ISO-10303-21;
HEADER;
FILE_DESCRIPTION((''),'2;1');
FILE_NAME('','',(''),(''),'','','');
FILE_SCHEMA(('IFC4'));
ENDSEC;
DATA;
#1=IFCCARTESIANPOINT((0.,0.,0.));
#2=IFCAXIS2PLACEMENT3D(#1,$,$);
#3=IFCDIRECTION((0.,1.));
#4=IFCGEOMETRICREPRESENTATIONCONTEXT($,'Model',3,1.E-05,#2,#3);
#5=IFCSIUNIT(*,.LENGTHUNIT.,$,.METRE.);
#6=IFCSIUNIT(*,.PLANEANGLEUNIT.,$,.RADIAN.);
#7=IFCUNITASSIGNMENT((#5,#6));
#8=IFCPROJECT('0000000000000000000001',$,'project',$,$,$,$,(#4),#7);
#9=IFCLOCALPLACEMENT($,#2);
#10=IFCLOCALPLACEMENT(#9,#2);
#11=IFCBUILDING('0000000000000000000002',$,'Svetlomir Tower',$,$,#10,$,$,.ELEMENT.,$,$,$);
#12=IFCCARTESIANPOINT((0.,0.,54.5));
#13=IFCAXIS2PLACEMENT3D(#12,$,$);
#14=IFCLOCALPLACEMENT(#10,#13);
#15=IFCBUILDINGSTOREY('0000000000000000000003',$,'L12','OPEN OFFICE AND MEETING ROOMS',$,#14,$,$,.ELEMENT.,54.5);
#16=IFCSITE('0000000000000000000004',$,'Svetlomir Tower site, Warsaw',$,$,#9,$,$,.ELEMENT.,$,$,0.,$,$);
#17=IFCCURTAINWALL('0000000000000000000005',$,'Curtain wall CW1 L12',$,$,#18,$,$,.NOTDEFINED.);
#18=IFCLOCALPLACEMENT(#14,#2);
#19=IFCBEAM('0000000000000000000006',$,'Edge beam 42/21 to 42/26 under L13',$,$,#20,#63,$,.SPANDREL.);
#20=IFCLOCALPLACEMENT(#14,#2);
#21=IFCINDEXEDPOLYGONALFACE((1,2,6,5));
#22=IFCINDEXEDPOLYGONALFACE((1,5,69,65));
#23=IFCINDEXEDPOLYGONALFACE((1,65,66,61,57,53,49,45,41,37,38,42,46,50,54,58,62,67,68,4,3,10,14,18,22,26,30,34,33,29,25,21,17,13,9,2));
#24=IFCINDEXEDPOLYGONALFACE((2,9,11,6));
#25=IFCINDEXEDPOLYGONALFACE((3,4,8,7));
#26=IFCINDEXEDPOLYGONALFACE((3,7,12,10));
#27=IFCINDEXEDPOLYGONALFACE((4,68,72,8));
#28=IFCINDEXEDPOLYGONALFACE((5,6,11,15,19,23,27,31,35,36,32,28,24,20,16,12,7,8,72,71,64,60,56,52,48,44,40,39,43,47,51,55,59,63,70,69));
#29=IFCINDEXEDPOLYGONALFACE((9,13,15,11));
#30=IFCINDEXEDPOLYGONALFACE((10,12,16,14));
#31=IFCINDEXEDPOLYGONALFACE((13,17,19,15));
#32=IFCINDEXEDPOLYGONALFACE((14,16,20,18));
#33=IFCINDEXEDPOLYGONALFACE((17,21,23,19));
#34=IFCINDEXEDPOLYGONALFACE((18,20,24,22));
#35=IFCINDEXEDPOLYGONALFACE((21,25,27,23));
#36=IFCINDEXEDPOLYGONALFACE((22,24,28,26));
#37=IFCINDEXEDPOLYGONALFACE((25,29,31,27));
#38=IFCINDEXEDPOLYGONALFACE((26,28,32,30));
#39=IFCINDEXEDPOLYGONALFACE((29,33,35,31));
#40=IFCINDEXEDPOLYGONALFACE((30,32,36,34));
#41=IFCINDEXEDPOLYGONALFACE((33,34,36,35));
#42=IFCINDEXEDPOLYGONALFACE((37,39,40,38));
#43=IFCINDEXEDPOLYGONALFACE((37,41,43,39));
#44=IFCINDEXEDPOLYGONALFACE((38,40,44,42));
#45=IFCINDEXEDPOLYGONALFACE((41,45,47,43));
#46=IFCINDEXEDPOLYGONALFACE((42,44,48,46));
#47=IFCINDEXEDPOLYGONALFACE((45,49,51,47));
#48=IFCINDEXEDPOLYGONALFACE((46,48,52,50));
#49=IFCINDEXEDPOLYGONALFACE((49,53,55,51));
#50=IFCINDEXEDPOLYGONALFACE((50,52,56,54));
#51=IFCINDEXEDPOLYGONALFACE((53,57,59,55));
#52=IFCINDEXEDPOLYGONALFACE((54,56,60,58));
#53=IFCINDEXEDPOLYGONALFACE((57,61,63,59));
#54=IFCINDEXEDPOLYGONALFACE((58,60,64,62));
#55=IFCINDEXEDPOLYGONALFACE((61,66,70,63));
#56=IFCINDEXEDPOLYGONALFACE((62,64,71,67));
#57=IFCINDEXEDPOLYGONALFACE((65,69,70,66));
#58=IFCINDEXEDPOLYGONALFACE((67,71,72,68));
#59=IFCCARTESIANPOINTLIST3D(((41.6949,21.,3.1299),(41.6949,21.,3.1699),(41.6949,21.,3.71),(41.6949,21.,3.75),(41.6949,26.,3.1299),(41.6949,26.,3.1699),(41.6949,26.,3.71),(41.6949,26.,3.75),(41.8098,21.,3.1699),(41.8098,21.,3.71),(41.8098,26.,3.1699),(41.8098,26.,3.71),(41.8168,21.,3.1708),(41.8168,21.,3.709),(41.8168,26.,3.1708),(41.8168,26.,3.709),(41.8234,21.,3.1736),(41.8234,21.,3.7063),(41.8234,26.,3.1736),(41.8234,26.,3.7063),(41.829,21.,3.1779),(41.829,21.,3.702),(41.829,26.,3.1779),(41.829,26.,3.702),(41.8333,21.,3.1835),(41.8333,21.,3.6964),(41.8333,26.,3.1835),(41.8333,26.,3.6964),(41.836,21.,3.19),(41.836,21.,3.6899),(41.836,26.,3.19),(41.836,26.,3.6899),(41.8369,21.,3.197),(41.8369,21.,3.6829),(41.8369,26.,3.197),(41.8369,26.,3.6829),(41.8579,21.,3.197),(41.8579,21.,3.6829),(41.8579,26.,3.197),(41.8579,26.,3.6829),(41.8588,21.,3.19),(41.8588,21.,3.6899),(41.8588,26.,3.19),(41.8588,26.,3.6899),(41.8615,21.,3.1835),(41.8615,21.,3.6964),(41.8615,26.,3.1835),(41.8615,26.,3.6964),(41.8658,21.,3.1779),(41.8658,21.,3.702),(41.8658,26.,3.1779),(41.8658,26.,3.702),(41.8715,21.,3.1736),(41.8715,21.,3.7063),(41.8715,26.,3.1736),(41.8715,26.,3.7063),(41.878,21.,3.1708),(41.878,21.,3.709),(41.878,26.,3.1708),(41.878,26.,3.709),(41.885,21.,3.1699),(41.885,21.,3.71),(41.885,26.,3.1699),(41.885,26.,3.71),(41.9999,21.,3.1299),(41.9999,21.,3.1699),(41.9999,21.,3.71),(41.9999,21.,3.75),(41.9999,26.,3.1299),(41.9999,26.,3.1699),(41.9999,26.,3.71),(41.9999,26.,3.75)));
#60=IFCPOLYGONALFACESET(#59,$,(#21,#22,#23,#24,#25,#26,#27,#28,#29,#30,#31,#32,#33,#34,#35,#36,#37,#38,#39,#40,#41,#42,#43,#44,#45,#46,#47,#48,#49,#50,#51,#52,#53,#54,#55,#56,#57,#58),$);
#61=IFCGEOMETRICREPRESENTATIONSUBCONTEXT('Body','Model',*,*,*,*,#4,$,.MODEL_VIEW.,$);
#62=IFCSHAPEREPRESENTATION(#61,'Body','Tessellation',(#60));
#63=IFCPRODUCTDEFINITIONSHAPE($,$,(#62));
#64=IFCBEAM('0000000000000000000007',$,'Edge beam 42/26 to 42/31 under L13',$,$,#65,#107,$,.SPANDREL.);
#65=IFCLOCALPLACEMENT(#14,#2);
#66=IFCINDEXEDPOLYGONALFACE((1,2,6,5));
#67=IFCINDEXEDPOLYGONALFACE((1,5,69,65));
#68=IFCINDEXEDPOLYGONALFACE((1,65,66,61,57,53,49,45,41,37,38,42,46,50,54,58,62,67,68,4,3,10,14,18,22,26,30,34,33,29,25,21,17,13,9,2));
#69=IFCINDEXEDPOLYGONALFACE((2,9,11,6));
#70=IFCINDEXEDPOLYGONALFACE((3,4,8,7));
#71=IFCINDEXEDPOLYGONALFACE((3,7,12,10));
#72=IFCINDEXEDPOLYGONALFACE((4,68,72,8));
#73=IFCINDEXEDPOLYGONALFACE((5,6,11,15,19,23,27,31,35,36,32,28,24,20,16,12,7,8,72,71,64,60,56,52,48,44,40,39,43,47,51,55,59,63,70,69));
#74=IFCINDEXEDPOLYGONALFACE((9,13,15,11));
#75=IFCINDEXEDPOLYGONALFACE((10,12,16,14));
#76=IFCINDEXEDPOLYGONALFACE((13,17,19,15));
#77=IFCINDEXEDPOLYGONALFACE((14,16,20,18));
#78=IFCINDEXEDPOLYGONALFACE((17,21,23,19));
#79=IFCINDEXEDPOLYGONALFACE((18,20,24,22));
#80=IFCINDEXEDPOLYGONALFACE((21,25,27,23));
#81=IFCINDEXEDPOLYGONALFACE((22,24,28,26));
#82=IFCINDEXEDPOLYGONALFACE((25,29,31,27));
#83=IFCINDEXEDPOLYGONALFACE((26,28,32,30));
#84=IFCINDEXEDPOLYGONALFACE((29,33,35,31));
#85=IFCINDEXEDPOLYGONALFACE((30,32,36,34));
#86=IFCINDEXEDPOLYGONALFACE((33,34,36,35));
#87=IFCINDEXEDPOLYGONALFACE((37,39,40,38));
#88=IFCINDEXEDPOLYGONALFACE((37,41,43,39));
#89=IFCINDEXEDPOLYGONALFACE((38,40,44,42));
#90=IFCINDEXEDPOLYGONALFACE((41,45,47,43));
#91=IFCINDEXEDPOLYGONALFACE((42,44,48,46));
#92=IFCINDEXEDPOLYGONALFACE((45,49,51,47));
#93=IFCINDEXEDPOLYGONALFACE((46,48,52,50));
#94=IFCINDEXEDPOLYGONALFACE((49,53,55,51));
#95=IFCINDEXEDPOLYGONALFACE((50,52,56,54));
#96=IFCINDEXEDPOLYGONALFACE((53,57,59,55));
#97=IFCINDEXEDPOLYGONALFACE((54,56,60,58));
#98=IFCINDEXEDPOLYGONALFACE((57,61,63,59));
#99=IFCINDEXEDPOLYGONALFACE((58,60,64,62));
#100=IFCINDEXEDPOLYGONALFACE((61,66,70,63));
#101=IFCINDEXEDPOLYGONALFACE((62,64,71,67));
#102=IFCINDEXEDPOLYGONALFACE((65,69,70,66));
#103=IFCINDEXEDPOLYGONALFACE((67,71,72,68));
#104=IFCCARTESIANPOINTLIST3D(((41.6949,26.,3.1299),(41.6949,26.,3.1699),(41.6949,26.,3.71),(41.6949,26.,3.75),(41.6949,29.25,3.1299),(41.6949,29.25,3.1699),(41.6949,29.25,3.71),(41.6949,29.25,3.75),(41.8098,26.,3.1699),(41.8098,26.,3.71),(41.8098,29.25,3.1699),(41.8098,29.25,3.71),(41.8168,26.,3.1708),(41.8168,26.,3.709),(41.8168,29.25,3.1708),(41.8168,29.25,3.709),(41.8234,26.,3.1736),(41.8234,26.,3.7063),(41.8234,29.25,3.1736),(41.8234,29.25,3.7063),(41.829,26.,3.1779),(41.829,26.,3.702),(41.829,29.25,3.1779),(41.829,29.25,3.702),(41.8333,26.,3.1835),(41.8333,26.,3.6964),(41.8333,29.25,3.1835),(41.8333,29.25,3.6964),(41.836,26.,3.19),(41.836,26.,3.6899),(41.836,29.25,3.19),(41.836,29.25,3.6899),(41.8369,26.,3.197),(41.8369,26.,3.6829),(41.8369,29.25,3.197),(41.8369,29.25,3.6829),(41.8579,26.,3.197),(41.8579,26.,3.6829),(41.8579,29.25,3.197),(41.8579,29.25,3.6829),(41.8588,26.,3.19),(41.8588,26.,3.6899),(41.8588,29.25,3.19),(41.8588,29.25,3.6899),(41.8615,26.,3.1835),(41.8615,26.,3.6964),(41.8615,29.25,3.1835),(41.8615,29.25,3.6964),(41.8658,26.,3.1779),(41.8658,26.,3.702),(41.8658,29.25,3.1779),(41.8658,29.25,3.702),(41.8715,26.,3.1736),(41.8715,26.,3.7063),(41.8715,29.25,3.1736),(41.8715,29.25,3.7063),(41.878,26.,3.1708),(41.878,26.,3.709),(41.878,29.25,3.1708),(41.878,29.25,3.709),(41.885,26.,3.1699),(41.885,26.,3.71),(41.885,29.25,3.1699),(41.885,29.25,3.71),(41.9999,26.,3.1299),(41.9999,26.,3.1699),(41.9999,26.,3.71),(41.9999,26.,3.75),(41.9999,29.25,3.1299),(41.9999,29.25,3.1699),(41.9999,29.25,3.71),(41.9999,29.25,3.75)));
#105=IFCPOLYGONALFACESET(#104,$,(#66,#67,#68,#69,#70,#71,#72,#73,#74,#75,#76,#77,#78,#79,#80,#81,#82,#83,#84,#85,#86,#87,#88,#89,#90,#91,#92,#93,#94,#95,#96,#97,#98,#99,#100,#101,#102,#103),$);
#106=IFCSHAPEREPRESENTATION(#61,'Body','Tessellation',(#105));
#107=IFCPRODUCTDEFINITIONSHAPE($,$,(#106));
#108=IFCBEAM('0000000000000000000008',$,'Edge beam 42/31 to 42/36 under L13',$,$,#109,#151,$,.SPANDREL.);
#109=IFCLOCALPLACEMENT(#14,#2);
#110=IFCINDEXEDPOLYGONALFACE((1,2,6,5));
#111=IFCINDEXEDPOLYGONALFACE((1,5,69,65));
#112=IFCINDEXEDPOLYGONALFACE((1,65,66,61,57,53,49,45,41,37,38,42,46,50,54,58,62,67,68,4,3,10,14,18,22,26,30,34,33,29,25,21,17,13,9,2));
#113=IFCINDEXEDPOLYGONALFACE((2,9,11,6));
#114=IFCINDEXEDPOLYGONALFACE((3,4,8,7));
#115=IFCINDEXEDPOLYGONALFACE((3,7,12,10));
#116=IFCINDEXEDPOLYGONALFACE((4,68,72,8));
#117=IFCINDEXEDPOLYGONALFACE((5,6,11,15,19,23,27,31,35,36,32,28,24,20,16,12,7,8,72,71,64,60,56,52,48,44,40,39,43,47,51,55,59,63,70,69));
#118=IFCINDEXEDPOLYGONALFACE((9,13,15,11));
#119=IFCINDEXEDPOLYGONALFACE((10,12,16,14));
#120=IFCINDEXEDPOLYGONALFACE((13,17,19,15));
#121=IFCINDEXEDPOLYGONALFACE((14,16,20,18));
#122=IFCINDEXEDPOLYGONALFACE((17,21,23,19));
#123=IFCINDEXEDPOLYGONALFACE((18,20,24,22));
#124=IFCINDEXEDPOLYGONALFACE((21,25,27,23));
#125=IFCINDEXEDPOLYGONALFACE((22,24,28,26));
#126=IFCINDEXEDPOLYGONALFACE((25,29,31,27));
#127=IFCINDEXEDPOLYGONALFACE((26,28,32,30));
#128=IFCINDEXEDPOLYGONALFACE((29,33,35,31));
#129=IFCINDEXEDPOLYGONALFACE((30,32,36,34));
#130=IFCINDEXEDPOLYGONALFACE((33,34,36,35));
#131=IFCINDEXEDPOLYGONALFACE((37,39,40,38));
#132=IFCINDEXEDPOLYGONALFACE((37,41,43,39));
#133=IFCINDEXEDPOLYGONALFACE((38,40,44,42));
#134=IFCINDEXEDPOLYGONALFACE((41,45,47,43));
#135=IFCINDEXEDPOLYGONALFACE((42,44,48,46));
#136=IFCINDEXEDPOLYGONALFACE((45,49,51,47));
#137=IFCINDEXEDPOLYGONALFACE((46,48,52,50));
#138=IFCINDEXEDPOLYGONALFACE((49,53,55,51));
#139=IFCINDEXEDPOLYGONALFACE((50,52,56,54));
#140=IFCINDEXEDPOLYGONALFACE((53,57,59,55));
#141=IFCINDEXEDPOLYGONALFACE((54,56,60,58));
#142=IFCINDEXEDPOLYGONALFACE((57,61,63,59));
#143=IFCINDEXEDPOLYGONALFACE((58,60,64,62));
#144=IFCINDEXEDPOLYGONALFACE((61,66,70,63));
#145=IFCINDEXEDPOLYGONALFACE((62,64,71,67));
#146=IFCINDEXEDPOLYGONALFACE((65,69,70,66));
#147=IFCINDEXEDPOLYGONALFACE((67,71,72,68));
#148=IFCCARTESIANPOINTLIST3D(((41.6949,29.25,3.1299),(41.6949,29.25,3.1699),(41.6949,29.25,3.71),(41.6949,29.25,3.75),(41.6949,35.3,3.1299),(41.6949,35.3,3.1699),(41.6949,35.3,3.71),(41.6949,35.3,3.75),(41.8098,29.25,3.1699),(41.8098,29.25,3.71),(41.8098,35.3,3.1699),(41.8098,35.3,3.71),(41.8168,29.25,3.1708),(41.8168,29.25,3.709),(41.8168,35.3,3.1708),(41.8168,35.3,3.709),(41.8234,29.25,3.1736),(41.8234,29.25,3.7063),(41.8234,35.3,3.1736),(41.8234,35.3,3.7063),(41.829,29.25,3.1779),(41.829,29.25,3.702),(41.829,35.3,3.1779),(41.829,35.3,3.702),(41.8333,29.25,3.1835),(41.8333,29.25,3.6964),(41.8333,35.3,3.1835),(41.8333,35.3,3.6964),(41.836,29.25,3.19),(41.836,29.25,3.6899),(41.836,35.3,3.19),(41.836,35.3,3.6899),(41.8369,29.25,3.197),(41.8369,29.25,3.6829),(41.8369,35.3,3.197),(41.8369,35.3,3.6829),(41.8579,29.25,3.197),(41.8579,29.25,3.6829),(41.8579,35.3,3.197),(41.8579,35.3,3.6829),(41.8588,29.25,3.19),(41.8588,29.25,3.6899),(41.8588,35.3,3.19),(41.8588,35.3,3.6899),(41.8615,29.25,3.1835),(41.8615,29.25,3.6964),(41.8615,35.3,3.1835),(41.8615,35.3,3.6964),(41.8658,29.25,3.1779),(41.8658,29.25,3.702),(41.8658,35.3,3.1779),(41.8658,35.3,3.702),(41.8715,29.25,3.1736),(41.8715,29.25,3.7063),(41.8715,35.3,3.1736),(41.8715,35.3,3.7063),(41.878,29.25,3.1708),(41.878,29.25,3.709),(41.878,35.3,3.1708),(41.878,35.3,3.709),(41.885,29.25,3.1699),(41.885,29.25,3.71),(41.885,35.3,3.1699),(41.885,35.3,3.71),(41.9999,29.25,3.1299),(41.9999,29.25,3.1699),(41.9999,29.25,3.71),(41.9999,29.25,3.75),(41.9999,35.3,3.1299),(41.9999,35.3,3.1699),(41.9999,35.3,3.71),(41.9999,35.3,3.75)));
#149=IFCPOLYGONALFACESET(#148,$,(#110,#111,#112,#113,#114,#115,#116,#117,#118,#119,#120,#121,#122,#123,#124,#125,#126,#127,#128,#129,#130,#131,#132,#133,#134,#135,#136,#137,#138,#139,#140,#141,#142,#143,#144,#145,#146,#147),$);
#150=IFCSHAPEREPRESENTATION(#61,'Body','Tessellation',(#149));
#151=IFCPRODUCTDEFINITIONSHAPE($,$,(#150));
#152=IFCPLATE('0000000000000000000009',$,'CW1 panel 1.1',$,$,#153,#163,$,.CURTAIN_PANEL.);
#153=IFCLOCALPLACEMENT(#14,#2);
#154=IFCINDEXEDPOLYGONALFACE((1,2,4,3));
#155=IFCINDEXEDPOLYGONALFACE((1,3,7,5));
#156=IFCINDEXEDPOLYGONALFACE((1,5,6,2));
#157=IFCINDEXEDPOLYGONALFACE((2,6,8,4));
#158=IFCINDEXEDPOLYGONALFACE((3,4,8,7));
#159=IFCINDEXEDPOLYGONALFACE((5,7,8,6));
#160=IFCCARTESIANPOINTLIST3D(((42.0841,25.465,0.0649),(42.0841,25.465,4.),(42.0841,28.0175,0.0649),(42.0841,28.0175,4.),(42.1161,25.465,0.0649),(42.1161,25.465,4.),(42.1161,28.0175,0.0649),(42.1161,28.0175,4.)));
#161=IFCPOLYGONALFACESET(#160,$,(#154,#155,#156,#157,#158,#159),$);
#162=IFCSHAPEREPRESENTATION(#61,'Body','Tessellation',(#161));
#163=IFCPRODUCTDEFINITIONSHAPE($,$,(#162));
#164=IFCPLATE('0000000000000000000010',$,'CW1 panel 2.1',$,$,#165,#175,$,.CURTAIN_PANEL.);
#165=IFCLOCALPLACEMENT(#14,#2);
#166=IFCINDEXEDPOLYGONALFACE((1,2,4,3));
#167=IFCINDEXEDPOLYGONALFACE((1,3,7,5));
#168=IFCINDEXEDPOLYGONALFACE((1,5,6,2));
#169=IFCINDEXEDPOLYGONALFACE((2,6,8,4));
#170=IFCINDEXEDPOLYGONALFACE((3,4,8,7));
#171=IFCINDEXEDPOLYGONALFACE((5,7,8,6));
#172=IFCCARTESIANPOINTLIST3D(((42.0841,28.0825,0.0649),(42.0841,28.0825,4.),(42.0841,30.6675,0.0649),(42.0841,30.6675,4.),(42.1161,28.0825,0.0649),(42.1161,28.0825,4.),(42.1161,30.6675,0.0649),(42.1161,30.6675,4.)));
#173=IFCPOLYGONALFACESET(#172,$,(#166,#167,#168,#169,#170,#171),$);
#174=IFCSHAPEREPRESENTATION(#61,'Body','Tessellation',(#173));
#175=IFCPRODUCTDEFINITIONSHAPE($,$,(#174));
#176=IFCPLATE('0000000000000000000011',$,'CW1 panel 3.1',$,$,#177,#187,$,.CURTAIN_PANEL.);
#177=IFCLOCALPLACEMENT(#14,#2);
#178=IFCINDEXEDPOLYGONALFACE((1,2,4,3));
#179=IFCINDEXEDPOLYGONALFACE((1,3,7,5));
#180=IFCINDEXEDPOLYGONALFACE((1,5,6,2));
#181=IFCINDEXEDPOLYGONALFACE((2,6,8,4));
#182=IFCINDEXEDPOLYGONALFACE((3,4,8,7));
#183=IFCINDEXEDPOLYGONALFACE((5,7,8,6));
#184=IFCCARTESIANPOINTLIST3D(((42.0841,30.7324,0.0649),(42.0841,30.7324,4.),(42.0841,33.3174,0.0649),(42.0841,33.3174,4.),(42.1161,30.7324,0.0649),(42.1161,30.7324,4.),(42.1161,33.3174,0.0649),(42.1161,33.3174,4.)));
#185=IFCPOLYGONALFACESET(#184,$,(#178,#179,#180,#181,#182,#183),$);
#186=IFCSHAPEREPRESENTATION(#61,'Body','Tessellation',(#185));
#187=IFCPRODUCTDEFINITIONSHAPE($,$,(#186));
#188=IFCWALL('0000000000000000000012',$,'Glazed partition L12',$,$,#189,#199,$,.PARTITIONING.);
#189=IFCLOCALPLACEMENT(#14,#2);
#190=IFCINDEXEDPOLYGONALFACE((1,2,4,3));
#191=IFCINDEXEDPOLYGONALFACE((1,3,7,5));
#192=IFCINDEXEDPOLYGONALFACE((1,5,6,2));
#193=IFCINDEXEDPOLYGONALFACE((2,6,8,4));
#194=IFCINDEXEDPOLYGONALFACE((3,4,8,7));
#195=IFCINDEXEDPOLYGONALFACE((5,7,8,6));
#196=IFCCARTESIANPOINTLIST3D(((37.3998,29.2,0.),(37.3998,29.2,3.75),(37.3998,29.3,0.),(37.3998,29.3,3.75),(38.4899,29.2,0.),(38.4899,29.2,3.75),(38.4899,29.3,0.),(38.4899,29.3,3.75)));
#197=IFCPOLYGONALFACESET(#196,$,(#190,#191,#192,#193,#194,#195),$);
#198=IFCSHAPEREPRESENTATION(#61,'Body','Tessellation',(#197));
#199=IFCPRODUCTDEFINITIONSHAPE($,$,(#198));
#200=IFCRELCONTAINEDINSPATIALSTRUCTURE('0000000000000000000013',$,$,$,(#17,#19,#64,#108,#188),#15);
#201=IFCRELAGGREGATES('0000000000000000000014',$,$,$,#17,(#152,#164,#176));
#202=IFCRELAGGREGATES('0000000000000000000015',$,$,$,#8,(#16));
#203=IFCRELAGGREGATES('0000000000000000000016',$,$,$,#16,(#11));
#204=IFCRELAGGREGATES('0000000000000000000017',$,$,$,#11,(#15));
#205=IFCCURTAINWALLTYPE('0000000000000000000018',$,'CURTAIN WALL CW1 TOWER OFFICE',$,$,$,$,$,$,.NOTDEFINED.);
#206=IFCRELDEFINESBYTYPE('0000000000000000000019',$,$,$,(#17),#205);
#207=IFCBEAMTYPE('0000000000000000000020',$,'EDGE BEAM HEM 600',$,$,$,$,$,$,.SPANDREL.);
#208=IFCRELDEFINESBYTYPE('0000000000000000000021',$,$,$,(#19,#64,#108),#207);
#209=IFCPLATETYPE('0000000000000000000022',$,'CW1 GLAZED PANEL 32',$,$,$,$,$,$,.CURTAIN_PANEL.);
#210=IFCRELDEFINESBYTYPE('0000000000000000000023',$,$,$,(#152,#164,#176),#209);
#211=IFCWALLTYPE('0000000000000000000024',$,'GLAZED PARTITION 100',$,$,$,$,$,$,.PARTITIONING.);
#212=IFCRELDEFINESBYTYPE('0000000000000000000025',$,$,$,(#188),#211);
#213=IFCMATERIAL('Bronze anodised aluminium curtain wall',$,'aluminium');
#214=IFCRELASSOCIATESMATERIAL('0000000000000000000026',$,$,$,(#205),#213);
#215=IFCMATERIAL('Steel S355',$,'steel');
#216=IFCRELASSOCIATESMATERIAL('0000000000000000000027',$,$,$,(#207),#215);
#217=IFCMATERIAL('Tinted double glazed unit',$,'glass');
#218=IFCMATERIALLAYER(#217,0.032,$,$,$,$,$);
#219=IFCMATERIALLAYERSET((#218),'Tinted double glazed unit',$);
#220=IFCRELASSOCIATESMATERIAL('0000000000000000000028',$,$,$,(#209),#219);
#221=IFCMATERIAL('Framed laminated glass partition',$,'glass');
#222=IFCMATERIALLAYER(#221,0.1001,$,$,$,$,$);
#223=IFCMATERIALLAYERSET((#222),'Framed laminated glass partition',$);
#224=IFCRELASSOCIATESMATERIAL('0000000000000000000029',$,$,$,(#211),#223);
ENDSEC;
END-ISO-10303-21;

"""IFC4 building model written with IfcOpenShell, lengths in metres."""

from ifc_helpers import new_model, si_unit, direction, frame, frame_2d, origin, origin_2d, place, context, subcontext, project, spatial, rectangle, i_section, extrude, material, layer, layer_set, material_profile, profile_set, type_object, element, aggregate, save


model = new_model("IFC4")

# Units and contexts
model_context = context("Model", 3, precision=1e-05, world=origin(), true_north=direction((0.0, 1.0)))
body_context = subcontext(model_context, "Body", "Model", "MODEL_VIEW")
ifc_project = project(units=[si_unit("LENGTHUNIT", "METRE"), si_unit("PLANEANGLEUNIT", "RADIAN")], contexts=[model_context])

# Site, building, storey
site_placement = place(None, origin())
site = spatial("IfcSite", under=ifc_project, at=site_placement, Name="Svetlomir Tower site, Warsaw", CompositionType="ELEMENT", RefElevation=0.0)
building_placement = place(site_placement, origin())
building = spatial("IfcBuilding", under=site, at=building_placement, Name="Svetlomir Tower", CompositionType="ELEMENT")
storey_placement = place(building_placement, frame((0.0, 0.0, 54.5)))
storey = spatial("IfcBuildingStorey", under=building, at=storey_placement, Name="L12", Description="OPEN OFFICE AND MEETING ROOMS", CompositionType="ELEMENT", Elevation=54.5)

# Shared definitions
ifc_material_1 = material(Name="Bronze anodised aluminium curtain wall", Category="aluminium")
curtain_wall_type = type_object("IfcCurtainWallType", Name="CURTAIN WALL CW1 TOWER OFFICE", PredefinedType="NOTDEFINED", material=ifc_material_1)

# Curtain wall
curtain_wall_1_placement = place(storey_placement, origin())
curtain_wall_1 = element("IfcCurtainWall", 1, at=curtain_wall_1_placement, inside=storey, type_object=curtain_wall_type, Name="Curtain wall CW1 L12", PredefinedType="NOTDEFINED")

# Beams
ifc_material_2 = material(Name="Steel S355", Category="steel")
ifc_material_profile_1 = material_profile(ifc_material_2, i_section(OverallWidth=0.3049, OverallDepth=0.6201, WebThickness=0.021, FlangeThickness=0.04, FilletRadius=0.0271, at=origin_2d()), Name="HEM 600")
ifc_profile_set_1 = profile_set([ifc_material_profile_1], Name="Steel S355")
beam_type_1 = type_object("IfcBeamType", Name="EDGE BEAM HEM 600", PredefinedType="SPANDREL", material=ifc_profile_set_1)
beam_1_placement = place(storey_placement, frame((41.8474, 21.0, 3.4399), z_axis=(0.0, 1.0, 0.0), x_axis=(-1.0, 0.0, 0.0)))
element("IfcBeam", 2, at=beam_1_placement, inside=storey, type_object=beam_type_1, Name="Edge beam 42/21 to 42/26 under L13", PredefinedType="SPANDREL", context=body_context, shape_type="SweptSolid", body=[
    extrude(i_section(OverallWidth=0.3049, OverallDepth=0.6201, WebThickness=0.021, FlangeThickness=0.04, FilletRadius=0.0271, at=origin_2d()), origin(), (0.0, 0.0, 1.0), 5.0),
])
beam_2_placement = place(storey_placement, frame((41.8474, 26.0, 3.4399), z_axis=(0.0, 1.0, 0.0), x_axis=(-1.0, 0.0, 0.0)))
element("IfcBeam", 3, at=beam_2_placement, inside=storey, type_object=beam_type_1, Name="Edge beam 42/26 to 42/31 under L13", PredefinedType="SPANDREL", context=body_context, shape_type="SweptSolid", body=[
    extrude(i_section(OverallWidth=0.3049, OverallDepth=0.6201, WebThickness=0.021, FlangeThickness=0.04, FilletRadius=0.0271, at=origin_2d()), origin(), (0.0, 0.0, 1.0), 3.25),
])
beam_3_placement = place(storey_placement, frame((41.8474, 29.25, 3.4399), z_axis=(0.0, 1.0, 0.0), x_axis=(-1.0, 0.0, 0.0)))
element("IfcBeam", 4, at=beam_3_placement, inside=storey, type_object=beam_type_1, Name="Edge beam 42/31 to 42/36 under L13", PredefinedType="SPANDREL", context=body_context, shape_type="SweptSolid", body=[
    extrude(i_section(OverallWidth=0.3049, OverallDepth=0.6201, WebThickness=0.021, FlangeThickness=0.04, FilletRadius=0.0271, at=origin_2d()), origin(), (0.0, 0.0, 1.0), 6.05),
])

# Plates
ifc_material_3 = material(Name="Tinted double glazed unit", Category="glass")
ifc_layer_1 = layer(ifc_material_3, 0.032)
ifc_layer_set_1 = layer_set([ifc_layer_1], Name="Tinted double glazed unit")
plate_type = type_object("IfcPlateType", Name="CW1 GLAZED PANEL 32", PredefinedType="CURTAIN_PANEL", material=ifc_layer_set_1)
plate_1_placement = place(storey_placement, frame((42.1001, 26.7412, 0.0649), z_axis=(0.0, 0.0, 1.0), x_axis=(0.0, 1.0, 0.0)))
plate_1 = element("IfcPlate", 5, at=plate_1_placement, type_object=plate_type, Name="CW1 panel 1.1", PredefinedType="CURTAIN_PANEL", context=body_context, shape_type="SweptSolid", body=[
    extrude(rectangle(XDim=2.5525, YDim=0.032, at=origin_2d()), origin(), (0.0, 0.0, 1.0), 3.9351),
])
plate_2_placement = place(storey_placement, frame((42.1001, 29.375, 0.0649), z_axis=(0.0, 0.0, 1.0), x_axis=(0.0, 1.0, 0.0)))
plate_2 = element("IfcPlate", 6, at=plate_2_placement, type_object=plate_type, Name="CW1 panel 2.1", PredefinedType="CURTAIN_PANEL", context=body_context, shape_type="SweptSolid", body=[
    extrude(rectangle(XDim=2.585, YDim=0.032, at=origin_2d()), origin(), (0.0, 0.0, 1.0), 3.9351),
])
plate_3_placement = place(storey_placement, frame((42.1001, 32.0249, 0.0649), z_axis=(0.0, 0.0, 1.0), x_axis=(0.0, 1.0, 0.0)))
plate_3 = element("IfcPlate", 7, at=plate_3_placement, type_object=plate_type, Name="CW1 panel 3.1", PredefinedType="CURTAIN_PANEL", context=body_context, shape_type="SweptSolid", body=[
    extrude(rectangle(XDim=2.585, YDim=0.032, at=origin_2d()), origin(), (0.0, 0.0, 1.0), 3.9351),
])
aggregate(curtain_wall_1, [plate_1, plate_2, plate_3])

# Wall
ifc_material_4 = material(Name="Framed laminated glass partition", Category="glass")
ifc_layer_2 = layer(ifc_material_4, 0.1001)
ifc_layer_set_2 = layer_set([ifc_layer_2], Name="Framed laminated glass partition")
wall_type_1 = type_object("IfcWallType", Name="GLAZED PARTITION 100", PredefinedType="PARTITIONING", material=ifc_layer_set_2)
wall_1_placement = place(storey_placement, frame((37.3999, 29.25, 0.0), z_axis=(0.0, 0.0, 1.0), x_axis=(1.0, 0.0, 0.0)))
element("IfcWall", 8, at=wall_1_placement, inside=storey, type_object=wall_type_1, Name="Glazed partition L12", PredefinedType="PARTITIONING", context=body_context, shape_type="SweptSolid", body=[
    extrude(rectangle(XDim=1.0901, YDim=0.1001, at=frame_2d((0.5449, 0.0))), origin(), (0.0, 0.0, 1.0), 3.75),
])

save(model, "model.ifc")
